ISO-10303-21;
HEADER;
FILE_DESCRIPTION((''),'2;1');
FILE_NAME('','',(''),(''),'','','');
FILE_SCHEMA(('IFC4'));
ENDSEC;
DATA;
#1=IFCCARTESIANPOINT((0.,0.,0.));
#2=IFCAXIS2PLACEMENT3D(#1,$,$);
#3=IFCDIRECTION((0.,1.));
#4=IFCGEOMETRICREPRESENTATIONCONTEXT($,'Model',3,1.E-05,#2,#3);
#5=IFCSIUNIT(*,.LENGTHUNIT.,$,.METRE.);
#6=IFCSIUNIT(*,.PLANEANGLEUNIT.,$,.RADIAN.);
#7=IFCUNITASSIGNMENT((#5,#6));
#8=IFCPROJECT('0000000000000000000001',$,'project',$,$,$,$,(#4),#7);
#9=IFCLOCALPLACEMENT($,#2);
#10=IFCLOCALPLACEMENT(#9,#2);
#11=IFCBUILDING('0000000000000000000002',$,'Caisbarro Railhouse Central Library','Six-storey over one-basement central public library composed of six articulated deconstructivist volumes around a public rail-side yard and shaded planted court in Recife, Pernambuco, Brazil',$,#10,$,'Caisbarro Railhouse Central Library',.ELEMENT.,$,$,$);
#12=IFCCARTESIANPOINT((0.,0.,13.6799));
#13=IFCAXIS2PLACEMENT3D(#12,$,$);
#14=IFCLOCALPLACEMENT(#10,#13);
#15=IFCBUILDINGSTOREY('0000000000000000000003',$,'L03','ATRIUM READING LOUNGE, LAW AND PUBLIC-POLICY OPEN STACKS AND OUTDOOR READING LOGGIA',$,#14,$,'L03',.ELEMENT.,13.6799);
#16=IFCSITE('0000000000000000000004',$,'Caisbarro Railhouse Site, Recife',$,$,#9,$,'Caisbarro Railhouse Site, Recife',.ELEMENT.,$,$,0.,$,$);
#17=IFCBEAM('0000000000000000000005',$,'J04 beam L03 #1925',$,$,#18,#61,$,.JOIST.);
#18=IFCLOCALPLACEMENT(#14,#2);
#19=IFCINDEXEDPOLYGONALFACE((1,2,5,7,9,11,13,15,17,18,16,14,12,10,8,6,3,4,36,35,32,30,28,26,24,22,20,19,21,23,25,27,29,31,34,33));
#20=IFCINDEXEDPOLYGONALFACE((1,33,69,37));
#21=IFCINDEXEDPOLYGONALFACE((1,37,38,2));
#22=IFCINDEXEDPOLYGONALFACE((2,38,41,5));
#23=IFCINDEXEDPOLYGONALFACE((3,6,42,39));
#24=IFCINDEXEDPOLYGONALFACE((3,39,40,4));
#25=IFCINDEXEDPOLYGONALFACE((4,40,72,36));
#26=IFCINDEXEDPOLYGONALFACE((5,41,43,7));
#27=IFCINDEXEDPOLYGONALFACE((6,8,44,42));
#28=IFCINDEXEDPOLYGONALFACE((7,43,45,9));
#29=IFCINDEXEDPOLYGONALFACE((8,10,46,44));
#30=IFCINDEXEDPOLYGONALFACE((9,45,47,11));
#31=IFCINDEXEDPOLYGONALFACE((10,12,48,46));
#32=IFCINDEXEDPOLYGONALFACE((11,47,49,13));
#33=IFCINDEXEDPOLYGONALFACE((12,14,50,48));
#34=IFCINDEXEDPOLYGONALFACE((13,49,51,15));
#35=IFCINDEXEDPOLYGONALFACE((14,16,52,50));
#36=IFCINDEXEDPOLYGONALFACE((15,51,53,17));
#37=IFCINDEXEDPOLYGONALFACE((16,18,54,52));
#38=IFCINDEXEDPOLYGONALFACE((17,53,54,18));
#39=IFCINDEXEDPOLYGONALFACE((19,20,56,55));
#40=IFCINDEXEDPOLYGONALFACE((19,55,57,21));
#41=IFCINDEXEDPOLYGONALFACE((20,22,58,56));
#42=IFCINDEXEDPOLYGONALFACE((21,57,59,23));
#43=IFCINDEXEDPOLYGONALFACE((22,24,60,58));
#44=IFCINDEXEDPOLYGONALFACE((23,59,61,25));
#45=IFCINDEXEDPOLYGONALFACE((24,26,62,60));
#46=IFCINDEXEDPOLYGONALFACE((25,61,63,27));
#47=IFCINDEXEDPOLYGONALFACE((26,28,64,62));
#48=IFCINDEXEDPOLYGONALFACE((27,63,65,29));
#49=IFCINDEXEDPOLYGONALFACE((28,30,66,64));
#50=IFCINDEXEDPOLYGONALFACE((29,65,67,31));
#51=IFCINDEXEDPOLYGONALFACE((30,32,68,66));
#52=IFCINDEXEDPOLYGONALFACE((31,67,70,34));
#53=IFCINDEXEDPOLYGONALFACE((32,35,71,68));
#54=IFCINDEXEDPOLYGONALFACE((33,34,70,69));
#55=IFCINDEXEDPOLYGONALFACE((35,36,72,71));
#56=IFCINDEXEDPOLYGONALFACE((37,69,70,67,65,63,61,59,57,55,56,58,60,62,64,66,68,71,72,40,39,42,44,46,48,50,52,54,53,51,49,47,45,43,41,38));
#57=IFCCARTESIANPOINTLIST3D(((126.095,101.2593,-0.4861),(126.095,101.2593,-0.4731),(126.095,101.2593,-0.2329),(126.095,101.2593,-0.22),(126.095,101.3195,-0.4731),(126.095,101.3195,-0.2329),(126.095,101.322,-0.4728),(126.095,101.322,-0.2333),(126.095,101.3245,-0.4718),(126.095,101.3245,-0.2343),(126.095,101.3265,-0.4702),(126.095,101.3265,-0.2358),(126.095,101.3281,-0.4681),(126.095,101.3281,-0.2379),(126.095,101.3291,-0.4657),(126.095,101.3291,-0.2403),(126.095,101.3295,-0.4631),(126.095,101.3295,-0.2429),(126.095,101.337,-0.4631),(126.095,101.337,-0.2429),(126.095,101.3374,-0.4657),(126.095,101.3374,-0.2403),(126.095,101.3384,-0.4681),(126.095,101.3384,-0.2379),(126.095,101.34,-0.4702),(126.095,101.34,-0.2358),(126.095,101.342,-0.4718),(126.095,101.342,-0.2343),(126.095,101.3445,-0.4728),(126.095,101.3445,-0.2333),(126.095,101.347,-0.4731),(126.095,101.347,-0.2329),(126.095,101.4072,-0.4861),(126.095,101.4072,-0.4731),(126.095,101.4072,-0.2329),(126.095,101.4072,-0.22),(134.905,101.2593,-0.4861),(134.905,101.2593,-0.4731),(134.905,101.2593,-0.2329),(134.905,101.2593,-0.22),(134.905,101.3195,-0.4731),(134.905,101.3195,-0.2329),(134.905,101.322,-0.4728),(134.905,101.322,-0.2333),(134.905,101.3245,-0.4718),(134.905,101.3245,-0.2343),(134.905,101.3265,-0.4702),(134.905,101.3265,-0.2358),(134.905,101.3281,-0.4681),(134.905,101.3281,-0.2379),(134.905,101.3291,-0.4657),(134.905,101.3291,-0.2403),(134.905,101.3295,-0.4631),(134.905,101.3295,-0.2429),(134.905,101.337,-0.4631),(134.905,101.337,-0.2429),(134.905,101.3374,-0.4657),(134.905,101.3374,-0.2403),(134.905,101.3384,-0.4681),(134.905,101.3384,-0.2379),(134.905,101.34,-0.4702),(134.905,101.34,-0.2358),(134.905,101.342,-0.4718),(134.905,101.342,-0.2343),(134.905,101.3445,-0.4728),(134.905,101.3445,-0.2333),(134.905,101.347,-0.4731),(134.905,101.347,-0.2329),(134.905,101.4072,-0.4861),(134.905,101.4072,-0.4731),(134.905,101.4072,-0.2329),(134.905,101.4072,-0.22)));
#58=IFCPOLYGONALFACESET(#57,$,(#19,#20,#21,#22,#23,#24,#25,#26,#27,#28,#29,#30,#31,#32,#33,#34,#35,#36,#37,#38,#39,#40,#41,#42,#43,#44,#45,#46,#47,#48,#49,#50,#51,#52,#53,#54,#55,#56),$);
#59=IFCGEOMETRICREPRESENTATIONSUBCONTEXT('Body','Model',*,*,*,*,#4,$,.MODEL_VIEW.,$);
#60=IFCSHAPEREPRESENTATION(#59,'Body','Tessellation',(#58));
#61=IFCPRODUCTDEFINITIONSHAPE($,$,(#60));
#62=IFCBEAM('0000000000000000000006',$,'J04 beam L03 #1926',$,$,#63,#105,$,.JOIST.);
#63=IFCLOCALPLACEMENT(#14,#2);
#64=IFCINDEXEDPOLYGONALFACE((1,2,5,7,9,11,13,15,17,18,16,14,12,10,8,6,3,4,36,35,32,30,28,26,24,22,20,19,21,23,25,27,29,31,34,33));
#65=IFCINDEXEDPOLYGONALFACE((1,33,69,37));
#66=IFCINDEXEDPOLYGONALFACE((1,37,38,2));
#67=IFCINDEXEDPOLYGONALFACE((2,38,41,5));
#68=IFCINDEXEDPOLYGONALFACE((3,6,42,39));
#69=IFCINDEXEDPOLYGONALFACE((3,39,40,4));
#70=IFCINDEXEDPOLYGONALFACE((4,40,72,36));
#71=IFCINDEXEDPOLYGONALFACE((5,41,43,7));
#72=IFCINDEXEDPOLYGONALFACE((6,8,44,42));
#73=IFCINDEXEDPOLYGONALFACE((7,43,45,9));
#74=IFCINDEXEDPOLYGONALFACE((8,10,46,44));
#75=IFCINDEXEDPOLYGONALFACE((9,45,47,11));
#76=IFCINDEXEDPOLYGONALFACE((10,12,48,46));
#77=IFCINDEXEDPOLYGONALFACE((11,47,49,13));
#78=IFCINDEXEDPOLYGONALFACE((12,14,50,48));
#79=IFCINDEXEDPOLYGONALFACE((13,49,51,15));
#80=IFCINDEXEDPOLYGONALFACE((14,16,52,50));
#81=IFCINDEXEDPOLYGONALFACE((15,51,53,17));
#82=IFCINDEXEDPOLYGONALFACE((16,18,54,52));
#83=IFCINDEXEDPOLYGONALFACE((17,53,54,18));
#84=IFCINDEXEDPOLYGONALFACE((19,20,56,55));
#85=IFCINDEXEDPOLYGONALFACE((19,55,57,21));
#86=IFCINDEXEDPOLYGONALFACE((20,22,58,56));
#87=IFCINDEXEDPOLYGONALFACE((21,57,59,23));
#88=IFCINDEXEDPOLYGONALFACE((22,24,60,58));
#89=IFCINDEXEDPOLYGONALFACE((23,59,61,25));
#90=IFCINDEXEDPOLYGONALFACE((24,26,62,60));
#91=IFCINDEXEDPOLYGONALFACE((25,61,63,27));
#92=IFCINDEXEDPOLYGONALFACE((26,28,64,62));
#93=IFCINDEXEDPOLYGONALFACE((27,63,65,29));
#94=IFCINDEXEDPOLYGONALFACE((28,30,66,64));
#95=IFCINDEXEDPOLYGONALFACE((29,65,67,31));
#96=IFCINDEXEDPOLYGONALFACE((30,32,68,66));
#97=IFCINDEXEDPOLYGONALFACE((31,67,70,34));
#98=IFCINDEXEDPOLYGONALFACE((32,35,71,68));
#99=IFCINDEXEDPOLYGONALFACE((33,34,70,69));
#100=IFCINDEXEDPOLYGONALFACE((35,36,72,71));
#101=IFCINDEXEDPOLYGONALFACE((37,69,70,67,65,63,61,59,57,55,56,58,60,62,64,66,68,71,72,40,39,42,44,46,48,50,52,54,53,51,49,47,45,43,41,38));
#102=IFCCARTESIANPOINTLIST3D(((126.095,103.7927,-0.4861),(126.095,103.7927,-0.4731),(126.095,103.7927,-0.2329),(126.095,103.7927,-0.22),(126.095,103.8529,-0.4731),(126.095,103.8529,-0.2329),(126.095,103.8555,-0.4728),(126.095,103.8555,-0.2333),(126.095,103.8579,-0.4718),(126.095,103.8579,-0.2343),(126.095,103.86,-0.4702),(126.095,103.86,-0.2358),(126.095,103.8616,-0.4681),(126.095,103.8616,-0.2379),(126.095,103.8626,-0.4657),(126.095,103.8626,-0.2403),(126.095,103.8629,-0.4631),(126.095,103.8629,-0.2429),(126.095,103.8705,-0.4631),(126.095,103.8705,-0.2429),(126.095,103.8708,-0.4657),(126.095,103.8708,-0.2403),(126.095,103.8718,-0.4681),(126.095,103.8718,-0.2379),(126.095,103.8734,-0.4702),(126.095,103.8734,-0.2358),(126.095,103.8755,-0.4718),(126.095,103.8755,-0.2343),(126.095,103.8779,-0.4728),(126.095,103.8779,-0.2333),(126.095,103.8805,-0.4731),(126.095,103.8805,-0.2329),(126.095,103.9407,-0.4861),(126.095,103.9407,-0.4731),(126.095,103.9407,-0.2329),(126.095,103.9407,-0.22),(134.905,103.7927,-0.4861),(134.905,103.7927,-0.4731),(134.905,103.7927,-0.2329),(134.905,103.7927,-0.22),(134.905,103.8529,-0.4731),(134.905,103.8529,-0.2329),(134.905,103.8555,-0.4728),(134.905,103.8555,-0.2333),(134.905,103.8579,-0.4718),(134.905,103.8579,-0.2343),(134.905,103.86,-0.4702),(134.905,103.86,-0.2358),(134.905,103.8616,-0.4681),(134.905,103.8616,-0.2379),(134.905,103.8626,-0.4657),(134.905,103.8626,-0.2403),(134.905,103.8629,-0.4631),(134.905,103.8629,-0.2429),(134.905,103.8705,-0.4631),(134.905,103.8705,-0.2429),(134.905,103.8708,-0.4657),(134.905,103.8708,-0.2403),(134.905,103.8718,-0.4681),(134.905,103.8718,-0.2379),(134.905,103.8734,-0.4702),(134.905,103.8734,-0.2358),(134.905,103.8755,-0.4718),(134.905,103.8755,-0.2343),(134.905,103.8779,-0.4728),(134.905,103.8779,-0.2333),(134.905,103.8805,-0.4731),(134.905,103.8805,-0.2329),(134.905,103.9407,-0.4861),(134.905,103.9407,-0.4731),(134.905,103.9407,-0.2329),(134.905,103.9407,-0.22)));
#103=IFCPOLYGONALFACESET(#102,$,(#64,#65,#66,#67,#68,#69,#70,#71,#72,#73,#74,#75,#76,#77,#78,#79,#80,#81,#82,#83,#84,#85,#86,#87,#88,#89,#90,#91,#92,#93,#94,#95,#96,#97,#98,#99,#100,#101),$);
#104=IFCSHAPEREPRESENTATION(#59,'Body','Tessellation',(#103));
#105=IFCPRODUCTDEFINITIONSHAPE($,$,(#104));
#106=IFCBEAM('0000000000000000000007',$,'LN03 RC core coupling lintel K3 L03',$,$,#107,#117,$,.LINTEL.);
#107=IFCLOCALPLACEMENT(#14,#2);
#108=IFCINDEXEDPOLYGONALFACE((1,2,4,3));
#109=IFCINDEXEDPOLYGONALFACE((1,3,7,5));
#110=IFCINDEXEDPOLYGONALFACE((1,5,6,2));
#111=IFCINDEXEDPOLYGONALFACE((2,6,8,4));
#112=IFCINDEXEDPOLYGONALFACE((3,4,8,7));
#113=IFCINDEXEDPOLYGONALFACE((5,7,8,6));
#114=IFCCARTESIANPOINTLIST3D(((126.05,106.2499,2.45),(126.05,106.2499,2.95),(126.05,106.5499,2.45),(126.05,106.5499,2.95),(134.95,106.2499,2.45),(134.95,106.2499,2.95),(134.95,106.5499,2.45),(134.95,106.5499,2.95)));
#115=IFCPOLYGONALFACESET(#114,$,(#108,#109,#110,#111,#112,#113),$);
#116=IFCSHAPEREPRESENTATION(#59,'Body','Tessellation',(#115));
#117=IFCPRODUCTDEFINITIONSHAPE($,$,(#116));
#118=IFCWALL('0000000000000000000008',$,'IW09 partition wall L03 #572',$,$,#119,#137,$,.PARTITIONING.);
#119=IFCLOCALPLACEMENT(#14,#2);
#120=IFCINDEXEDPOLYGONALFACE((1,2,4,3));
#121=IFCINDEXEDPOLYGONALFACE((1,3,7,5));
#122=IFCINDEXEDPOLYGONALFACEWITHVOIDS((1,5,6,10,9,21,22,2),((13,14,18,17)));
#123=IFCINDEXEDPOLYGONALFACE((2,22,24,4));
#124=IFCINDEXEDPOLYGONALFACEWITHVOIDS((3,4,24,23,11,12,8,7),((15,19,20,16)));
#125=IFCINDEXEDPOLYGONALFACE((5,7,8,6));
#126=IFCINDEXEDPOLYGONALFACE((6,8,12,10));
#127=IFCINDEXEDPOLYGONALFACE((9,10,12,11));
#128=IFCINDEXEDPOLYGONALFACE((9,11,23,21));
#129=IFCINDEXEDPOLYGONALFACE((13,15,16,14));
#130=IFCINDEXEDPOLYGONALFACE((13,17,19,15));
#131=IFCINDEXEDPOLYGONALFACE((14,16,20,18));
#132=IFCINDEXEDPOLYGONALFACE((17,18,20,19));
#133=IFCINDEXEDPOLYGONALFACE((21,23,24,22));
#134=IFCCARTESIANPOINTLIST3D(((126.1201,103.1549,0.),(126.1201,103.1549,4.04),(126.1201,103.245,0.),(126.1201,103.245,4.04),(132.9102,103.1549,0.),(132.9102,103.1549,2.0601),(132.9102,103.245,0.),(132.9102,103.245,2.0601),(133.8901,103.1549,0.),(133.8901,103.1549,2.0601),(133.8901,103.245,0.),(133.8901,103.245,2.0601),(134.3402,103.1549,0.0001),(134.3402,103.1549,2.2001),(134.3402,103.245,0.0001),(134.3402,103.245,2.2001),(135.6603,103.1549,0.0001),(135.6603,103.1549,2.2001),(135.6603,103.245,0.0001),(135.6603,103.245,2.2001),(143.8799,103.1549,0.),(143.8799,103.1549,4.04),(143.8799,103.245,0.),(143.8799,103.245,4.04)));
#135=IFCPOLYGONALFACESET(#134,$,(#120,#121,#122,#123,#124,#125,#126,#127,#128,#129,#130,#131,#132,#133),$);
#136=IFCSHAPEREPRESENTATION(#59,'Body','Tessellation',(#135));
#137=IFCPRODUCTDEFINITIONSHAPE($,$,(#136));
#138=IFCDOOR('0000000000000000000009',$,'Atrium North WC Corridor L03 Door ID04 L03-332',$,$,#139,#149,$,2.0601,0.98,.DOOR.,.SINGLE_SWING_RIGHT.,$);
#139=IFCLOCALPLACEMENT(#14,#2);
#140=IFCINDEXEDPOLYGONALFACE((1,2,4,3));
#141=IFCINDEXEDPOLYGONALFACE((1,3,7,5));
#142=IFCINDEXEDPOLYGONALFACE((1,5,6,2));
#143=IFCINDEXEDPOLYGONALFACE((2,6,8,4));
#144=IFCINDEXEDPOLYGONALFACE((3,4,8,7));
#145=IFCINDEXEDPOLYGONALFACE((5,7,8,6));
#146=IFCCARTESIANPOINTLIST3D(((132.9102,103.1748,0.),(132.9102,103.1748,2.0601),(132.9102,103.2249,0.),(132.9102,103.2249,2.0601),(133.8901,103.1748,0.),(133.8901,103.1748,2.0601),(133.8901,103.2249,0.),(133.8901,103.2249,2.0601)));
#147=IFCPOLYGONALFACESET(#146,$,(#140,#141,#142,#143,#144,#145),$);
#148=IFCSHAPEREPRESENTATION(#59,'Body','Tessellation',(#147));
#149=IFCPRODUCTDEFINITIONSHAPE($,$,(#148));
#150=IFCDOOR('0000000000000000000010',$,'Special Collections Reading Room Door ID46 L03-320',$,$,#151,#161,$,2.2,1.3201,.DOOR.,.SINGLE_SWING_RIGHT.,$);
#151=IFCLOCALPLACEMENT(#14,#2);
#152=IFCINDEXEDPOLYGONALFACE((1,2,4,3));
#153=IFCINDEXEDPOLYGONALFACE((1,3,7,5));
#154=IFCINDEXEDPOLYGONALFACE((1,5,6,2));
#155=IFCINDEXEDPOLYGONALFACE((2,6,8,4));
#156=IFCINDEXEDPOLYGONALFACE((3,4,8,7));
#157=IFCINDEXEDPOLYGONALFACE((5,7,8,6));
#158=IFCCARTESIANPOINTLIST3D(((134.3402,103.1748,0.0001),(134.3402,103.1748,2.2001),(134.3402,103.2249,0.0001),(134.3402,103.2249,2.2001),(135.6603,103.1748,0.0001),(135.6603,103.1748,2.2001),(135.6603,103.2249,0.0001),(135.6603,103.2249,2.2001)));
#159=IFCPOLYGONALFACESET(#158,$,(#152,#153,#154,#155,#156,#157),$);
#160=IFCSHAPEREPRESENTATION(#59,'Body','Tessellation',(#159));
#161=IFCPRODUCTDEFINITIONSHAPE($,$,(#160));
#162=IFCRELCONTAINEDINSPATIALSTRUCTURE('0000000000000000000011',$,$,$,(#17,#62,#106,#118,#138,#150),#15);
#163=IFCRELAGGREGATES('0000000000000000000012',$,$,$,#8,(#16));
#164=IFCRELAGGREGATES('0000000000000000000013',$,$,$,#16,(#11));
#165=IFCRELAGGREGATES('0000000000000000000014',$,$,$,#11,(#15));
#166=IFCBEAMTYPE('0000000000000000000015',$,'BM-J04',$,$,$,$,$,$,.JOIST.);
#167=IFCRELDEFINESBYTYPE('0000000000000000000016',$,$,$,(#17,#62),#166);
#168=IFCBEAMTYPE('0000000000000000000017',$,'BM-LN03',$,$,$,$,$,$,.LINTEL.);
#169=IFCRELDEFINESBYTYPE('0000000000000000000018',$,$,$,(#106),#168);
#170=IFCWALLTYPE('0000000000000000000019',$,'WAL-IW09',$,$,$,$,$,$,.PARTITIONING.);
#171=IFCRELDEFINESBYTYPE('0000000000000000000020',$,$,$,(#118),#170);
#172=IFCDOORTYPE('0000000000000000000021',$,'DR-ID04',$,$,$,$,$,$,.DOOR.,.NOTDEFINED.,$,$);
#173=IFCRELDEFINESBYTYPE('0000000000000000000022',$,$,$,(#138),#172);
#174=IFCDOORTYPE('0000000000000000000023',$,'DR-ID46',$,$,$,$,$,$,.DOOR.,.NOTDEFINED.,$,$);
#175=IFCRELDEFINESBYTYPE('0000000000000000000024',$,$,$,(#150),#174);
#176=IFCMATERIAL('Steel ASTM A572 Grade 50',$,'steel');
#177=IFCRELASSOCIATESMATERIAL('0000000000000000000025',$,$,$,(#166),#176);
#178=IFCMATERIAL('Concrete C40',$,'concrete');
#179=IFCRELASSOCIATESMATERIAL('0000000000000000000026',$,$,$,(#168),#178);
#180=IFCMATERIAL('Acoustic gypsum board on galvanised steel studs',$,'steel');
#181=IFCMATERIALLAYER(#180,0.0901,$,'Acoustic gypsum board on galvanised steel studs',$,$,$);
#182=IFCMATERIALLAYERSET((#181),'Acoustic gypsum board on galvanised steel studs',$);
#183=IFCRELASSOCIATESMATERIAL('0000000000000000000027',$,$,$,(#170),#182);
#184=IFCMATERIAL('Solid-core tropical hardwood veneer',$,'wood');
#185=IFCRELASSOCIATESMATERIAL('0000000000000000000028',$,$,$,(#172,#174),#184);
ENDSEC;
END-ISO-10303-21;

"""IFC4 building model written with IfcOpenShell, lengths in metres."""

from ifc_helpers import new_model, si_unit, direction, frame, frame_2d, origin, origin_2d, place, context, subcontext, project, spatial, rectangle, i_section, extrude, material, layer, layer_set, material_profile, profile_set, type_object, element, fill, save


model = new_model("IFC4")

# Units and contexts
model_context = context("Model", 3, precision=1e-05, world=origin(), true_north=direction((0.0, 1.0)))
body_context = subcontext(model_context, "Body", "Model", "MODEL_VIEW")
ifc_project = project(units=[si_unit("LENGTHUNIT", "METRE"), si_unit("PLANEANGLEUNIT", "RADIAN")], contexts=[model_context])

# Site, building, storey
site_placement = place(None, origin())
site = spatial("IfcSite", under=ifc_project, at=site_placement, Name="Caisbarro Railhouse Site, Recife", LongName="Caisbarro Railhouse Site, Recife", CompositionType="ELEMENT", RefElevation=0.0)
building_placement = place(site_placement, origin())
building = spatial("IfcBuilding", under=site, at=building_placement, Name="Caisbarro Railhouse Central Library", Description="Six-storey over one-basement central public library composed of six articulated deconstructivist volumes around a public rail-side yard and shaded planted court in Recife, Pernambuco, Brazil", LongName="Caisbarro Railhouse Central Library", CompositionType="ELEMENT")
storey_placement = place(building_placement, frame((0.0, 0.0, 13.6799)))
storey = spatial("IfcBuildingStorey", under=building, at=storey_placement, Name="L03", Description="ATRIUM READING LOUNGE, LAW AND PUBLIC-POLICY OPEN STACKS AND OUTDOOR READING LOGGIA", LongName="L03", CompositionType="ELEMENT", Elevation=13.6799)

# Shared definitions
ifc_material_1 = material(Name="Steel ASTM A572 Grade 50", Category="steel")

# Beams
ifc_material_profile_1 = material_profile(ifc_material_1, i_section(OverallWidth=0.1479, OverallDepth=0.2661, WebThickness=0.0076, FlangeThickness=0.0129, FilletRadius=0.01, at=origin_2d()), Name="W250X44.8")
ifc_profile_set_1 = profile_set([ifc_material_profile_1], Name="Steel ASTM A572 Grade 50")
beam_type_1 = type_object("IfcBeamType", Name="BM-J04", PredefinedType="JOIST", material=ifc_profile_set_1)
for number, where, z_axis, x_axis, name in (
    (1, (126.095, 101.3333, -0.353), (1.0, 0.0, 0.0), (0.0, 1.0, 0.0), "J04 beam L03 #1925"),
    (2, (126.095, 103.8667, -0.353), (1.0, 0.0, 0.0), (0.0, 1.0, 0.0), "J04 beam L03 #1926"),
):
    element("IfcBeam", number, at=place(storey_placement, frame(where, z_axis=z_axis, x_axis=x_axis)), inside=storey, type_object=beam_type_1, Name=name, PredefinedType="JOIST", context=body_context, shape_type="SweptSolid", body=[
        extrude(i_section(OverallWidth=0.1479, OverallDepth=0.2661, WebThickness=0.0076, FlangeThickness=0.0129, FilletRadius=0.01, at=origin_2d()), origin(), (0.0, 0.0, 1.0), 8.8101),
    ])
ifc_material_2 = material(Name="Concrete C40", Category="concrete")
ifc_material_profile_2 = material_profile(ifc_material_2, rectangle(XDim=0.3, YDim=0.5, at=origin_2d()), Name="RC-LIN-300X500")
ifc_profile_set_2 = profile_set([ifc_material_profile_2], Name="Concrete C40")
beam_type_2 = type_object("IfcBeamType", Name="BM-LN03", PredefinedType="LINTEL", material=ifc_profile_set_2)
beam_1_placement = place(storey_placement, frame((126.05, 106.3999, 2.7), z_axis=(1.0, 0.0, 0.0), x_axis=(0.0, 1.0, 0.0)))
element("IfcBeam", 3, at=beam_1_placement, inside=storey, type_object=beam_type_2, Name="LN03 RC core coupling lintel K3 L03", PredefinedType="LINTEL", context=body_context, shape_type="SweptSolid", body=[
    extrude(rectangle(XDim=0.3, YDim=0.5, at=origin_2d()), origin(), (0.0, 0.0, 1.0), 8.8999),
])

# Wall, openings, doors
ifc_material_3 = material(Name="Acoustic gypsum board on galvanised steel studs", Category="steel")
ifc_layer_1 = layer(ifc_material_3, 0.0901, Name="Acoustic gypsum board on galvanised steel studs")
ifc_layer_set_1 = layer_set([ifc_layer_1], Name="Acoustic gypsum board on galvanised steel studs")
wall_type_1 = type_object("IfcWallType", Name="WAL-IW09", PredefinedType="PARTITIONING", material=ifc_layer_set_1)
wall_1_placement = place(storey_placement, frame((126.1201, 103.2, 0.0), z_axis=(0.0, 0.0, 1.0), x_axis=(1.0, 0.0, 0.0)))
wall_1 = element("IfcWall", 4, at=wall_1_placement, inside=storey, type_object=wall_type_1, Name="IW09 partition wall L03 #572", PredefinedType="PARTITIONING", context=body_context, shape_type="SweptSolid", body=[
    extrude(rectangle(XDim=17.7598, YDim=0.0901, at=frame_2d((8.8799, 0.0))), origin(), (0.0, 0.0, 1.0), 4.04),
])
opening_1_placement = place(wall_1_placement, frame((8.22, 0.0, 0.0)))
opening_1 = element("IfcOpeningElement", 5, at=opening_1_placement, cuts=wall_1, PredefinedType="OPENING", context=body_context, shape_type="SweptSolid", body=[
    extrude(rectangle(XDim=1.3201, YDim=2.2, at=frame_2d((0.6602, 1.1001))), frame((0.0, 0.0552, 0.0), z_axis=(0.0, -1.0, 0.0), x_axis=(1.0, 0.0, 0.0)), (0.0, 0.0, 1.0), 0.1101),
])
opening_2_placement = place(wall_1_placement, frame((6.79, 0.0, 0.0)))
opening_2 = element("IfcOpeningElement", 6, at=opening_2_placement, cuts=wall_1, PredefinedType="OPENING", context=body_context, shape_type="SweptSolid", body=[
    extrude(rectangle(XDim=0.98, YDim=2.0601, at=frame_2d((0.49, 1.03))), frame((0.0, 0.0552, 0.0), z_axis=(0.0, -1.0, 0.0), x_axis=(1.0, 0.0, 0.0)), (0.0, 0.0, 1.0), 0.1101),
])
ifc_material_4 = material(Name="Solid-core tropical hardwood veneer", Category="wood")
door_type_1 = type_object("IfcDoorType", Name="DR-ID04", OperationType="NOTDEFINED", PredefinedType="DOOR", material=ifc_material_4)
door_1_placement = place(opening_2_placement, origin())
door_1 = element("IfcDoor", 7, at=door_1_placement, inside=storey, type_object=door_type_1, Name="Atrium North WC Corridor L03 Door ID04 L03-332", OperationType="SINGLE_SWING_RIGHT", OverallHeight=2.0601, OverallWidth=0.98, PredefinedType="DOOR", context=body_context, shape_type="SweptSolid", body=[
    extrude(rectangle(XDim=0.98, YDim=2.0601, at=frame_2d((0.49, 1.03))), frame((0.0, 0.0249, 0.0), z_axis=(0.0, -1.0, 0.0), x_axis=(1.0, 0.0, 0.0)), (0.0, 0.0, 1.0), 0.05),
])
fill(opening_2, door_1)
door_type_2 = type_object("IfcDoorType", Name="DR-ID46", OperationType="NOTDEFINED", PredefinedType="DOOR", material=ifc_material_4)
door_2_placement = place(opening_1_placement, origin())
door_2 = element("IfcDoor", 8, at=door_2_placement, inside=storey, type_object=door_type_2, Name="Special Collections Reading Room Door ID46 L03-320", OperationType="SINGLE_SWING_RIGHT", OverallHeight=2.2, OverallWidth=1.3201, PredefinedType="DOOR", context=body_context, shape_type="SweptSolid", body=[
    extrude(rectangle(XDim=1.3201, YDim=2.2, at=frame_2d((0.6602, 1.1001))), frame((0.0, 0.0249, 0.0), z_axis=(0.0, -1.0, 0.0), x_axis=(1.0, 0.0, 0.0)), (0.0, 0.0, 1.0), 0.05),
])
fill(opening_1, door_2)

save(model, "model.ifc")
